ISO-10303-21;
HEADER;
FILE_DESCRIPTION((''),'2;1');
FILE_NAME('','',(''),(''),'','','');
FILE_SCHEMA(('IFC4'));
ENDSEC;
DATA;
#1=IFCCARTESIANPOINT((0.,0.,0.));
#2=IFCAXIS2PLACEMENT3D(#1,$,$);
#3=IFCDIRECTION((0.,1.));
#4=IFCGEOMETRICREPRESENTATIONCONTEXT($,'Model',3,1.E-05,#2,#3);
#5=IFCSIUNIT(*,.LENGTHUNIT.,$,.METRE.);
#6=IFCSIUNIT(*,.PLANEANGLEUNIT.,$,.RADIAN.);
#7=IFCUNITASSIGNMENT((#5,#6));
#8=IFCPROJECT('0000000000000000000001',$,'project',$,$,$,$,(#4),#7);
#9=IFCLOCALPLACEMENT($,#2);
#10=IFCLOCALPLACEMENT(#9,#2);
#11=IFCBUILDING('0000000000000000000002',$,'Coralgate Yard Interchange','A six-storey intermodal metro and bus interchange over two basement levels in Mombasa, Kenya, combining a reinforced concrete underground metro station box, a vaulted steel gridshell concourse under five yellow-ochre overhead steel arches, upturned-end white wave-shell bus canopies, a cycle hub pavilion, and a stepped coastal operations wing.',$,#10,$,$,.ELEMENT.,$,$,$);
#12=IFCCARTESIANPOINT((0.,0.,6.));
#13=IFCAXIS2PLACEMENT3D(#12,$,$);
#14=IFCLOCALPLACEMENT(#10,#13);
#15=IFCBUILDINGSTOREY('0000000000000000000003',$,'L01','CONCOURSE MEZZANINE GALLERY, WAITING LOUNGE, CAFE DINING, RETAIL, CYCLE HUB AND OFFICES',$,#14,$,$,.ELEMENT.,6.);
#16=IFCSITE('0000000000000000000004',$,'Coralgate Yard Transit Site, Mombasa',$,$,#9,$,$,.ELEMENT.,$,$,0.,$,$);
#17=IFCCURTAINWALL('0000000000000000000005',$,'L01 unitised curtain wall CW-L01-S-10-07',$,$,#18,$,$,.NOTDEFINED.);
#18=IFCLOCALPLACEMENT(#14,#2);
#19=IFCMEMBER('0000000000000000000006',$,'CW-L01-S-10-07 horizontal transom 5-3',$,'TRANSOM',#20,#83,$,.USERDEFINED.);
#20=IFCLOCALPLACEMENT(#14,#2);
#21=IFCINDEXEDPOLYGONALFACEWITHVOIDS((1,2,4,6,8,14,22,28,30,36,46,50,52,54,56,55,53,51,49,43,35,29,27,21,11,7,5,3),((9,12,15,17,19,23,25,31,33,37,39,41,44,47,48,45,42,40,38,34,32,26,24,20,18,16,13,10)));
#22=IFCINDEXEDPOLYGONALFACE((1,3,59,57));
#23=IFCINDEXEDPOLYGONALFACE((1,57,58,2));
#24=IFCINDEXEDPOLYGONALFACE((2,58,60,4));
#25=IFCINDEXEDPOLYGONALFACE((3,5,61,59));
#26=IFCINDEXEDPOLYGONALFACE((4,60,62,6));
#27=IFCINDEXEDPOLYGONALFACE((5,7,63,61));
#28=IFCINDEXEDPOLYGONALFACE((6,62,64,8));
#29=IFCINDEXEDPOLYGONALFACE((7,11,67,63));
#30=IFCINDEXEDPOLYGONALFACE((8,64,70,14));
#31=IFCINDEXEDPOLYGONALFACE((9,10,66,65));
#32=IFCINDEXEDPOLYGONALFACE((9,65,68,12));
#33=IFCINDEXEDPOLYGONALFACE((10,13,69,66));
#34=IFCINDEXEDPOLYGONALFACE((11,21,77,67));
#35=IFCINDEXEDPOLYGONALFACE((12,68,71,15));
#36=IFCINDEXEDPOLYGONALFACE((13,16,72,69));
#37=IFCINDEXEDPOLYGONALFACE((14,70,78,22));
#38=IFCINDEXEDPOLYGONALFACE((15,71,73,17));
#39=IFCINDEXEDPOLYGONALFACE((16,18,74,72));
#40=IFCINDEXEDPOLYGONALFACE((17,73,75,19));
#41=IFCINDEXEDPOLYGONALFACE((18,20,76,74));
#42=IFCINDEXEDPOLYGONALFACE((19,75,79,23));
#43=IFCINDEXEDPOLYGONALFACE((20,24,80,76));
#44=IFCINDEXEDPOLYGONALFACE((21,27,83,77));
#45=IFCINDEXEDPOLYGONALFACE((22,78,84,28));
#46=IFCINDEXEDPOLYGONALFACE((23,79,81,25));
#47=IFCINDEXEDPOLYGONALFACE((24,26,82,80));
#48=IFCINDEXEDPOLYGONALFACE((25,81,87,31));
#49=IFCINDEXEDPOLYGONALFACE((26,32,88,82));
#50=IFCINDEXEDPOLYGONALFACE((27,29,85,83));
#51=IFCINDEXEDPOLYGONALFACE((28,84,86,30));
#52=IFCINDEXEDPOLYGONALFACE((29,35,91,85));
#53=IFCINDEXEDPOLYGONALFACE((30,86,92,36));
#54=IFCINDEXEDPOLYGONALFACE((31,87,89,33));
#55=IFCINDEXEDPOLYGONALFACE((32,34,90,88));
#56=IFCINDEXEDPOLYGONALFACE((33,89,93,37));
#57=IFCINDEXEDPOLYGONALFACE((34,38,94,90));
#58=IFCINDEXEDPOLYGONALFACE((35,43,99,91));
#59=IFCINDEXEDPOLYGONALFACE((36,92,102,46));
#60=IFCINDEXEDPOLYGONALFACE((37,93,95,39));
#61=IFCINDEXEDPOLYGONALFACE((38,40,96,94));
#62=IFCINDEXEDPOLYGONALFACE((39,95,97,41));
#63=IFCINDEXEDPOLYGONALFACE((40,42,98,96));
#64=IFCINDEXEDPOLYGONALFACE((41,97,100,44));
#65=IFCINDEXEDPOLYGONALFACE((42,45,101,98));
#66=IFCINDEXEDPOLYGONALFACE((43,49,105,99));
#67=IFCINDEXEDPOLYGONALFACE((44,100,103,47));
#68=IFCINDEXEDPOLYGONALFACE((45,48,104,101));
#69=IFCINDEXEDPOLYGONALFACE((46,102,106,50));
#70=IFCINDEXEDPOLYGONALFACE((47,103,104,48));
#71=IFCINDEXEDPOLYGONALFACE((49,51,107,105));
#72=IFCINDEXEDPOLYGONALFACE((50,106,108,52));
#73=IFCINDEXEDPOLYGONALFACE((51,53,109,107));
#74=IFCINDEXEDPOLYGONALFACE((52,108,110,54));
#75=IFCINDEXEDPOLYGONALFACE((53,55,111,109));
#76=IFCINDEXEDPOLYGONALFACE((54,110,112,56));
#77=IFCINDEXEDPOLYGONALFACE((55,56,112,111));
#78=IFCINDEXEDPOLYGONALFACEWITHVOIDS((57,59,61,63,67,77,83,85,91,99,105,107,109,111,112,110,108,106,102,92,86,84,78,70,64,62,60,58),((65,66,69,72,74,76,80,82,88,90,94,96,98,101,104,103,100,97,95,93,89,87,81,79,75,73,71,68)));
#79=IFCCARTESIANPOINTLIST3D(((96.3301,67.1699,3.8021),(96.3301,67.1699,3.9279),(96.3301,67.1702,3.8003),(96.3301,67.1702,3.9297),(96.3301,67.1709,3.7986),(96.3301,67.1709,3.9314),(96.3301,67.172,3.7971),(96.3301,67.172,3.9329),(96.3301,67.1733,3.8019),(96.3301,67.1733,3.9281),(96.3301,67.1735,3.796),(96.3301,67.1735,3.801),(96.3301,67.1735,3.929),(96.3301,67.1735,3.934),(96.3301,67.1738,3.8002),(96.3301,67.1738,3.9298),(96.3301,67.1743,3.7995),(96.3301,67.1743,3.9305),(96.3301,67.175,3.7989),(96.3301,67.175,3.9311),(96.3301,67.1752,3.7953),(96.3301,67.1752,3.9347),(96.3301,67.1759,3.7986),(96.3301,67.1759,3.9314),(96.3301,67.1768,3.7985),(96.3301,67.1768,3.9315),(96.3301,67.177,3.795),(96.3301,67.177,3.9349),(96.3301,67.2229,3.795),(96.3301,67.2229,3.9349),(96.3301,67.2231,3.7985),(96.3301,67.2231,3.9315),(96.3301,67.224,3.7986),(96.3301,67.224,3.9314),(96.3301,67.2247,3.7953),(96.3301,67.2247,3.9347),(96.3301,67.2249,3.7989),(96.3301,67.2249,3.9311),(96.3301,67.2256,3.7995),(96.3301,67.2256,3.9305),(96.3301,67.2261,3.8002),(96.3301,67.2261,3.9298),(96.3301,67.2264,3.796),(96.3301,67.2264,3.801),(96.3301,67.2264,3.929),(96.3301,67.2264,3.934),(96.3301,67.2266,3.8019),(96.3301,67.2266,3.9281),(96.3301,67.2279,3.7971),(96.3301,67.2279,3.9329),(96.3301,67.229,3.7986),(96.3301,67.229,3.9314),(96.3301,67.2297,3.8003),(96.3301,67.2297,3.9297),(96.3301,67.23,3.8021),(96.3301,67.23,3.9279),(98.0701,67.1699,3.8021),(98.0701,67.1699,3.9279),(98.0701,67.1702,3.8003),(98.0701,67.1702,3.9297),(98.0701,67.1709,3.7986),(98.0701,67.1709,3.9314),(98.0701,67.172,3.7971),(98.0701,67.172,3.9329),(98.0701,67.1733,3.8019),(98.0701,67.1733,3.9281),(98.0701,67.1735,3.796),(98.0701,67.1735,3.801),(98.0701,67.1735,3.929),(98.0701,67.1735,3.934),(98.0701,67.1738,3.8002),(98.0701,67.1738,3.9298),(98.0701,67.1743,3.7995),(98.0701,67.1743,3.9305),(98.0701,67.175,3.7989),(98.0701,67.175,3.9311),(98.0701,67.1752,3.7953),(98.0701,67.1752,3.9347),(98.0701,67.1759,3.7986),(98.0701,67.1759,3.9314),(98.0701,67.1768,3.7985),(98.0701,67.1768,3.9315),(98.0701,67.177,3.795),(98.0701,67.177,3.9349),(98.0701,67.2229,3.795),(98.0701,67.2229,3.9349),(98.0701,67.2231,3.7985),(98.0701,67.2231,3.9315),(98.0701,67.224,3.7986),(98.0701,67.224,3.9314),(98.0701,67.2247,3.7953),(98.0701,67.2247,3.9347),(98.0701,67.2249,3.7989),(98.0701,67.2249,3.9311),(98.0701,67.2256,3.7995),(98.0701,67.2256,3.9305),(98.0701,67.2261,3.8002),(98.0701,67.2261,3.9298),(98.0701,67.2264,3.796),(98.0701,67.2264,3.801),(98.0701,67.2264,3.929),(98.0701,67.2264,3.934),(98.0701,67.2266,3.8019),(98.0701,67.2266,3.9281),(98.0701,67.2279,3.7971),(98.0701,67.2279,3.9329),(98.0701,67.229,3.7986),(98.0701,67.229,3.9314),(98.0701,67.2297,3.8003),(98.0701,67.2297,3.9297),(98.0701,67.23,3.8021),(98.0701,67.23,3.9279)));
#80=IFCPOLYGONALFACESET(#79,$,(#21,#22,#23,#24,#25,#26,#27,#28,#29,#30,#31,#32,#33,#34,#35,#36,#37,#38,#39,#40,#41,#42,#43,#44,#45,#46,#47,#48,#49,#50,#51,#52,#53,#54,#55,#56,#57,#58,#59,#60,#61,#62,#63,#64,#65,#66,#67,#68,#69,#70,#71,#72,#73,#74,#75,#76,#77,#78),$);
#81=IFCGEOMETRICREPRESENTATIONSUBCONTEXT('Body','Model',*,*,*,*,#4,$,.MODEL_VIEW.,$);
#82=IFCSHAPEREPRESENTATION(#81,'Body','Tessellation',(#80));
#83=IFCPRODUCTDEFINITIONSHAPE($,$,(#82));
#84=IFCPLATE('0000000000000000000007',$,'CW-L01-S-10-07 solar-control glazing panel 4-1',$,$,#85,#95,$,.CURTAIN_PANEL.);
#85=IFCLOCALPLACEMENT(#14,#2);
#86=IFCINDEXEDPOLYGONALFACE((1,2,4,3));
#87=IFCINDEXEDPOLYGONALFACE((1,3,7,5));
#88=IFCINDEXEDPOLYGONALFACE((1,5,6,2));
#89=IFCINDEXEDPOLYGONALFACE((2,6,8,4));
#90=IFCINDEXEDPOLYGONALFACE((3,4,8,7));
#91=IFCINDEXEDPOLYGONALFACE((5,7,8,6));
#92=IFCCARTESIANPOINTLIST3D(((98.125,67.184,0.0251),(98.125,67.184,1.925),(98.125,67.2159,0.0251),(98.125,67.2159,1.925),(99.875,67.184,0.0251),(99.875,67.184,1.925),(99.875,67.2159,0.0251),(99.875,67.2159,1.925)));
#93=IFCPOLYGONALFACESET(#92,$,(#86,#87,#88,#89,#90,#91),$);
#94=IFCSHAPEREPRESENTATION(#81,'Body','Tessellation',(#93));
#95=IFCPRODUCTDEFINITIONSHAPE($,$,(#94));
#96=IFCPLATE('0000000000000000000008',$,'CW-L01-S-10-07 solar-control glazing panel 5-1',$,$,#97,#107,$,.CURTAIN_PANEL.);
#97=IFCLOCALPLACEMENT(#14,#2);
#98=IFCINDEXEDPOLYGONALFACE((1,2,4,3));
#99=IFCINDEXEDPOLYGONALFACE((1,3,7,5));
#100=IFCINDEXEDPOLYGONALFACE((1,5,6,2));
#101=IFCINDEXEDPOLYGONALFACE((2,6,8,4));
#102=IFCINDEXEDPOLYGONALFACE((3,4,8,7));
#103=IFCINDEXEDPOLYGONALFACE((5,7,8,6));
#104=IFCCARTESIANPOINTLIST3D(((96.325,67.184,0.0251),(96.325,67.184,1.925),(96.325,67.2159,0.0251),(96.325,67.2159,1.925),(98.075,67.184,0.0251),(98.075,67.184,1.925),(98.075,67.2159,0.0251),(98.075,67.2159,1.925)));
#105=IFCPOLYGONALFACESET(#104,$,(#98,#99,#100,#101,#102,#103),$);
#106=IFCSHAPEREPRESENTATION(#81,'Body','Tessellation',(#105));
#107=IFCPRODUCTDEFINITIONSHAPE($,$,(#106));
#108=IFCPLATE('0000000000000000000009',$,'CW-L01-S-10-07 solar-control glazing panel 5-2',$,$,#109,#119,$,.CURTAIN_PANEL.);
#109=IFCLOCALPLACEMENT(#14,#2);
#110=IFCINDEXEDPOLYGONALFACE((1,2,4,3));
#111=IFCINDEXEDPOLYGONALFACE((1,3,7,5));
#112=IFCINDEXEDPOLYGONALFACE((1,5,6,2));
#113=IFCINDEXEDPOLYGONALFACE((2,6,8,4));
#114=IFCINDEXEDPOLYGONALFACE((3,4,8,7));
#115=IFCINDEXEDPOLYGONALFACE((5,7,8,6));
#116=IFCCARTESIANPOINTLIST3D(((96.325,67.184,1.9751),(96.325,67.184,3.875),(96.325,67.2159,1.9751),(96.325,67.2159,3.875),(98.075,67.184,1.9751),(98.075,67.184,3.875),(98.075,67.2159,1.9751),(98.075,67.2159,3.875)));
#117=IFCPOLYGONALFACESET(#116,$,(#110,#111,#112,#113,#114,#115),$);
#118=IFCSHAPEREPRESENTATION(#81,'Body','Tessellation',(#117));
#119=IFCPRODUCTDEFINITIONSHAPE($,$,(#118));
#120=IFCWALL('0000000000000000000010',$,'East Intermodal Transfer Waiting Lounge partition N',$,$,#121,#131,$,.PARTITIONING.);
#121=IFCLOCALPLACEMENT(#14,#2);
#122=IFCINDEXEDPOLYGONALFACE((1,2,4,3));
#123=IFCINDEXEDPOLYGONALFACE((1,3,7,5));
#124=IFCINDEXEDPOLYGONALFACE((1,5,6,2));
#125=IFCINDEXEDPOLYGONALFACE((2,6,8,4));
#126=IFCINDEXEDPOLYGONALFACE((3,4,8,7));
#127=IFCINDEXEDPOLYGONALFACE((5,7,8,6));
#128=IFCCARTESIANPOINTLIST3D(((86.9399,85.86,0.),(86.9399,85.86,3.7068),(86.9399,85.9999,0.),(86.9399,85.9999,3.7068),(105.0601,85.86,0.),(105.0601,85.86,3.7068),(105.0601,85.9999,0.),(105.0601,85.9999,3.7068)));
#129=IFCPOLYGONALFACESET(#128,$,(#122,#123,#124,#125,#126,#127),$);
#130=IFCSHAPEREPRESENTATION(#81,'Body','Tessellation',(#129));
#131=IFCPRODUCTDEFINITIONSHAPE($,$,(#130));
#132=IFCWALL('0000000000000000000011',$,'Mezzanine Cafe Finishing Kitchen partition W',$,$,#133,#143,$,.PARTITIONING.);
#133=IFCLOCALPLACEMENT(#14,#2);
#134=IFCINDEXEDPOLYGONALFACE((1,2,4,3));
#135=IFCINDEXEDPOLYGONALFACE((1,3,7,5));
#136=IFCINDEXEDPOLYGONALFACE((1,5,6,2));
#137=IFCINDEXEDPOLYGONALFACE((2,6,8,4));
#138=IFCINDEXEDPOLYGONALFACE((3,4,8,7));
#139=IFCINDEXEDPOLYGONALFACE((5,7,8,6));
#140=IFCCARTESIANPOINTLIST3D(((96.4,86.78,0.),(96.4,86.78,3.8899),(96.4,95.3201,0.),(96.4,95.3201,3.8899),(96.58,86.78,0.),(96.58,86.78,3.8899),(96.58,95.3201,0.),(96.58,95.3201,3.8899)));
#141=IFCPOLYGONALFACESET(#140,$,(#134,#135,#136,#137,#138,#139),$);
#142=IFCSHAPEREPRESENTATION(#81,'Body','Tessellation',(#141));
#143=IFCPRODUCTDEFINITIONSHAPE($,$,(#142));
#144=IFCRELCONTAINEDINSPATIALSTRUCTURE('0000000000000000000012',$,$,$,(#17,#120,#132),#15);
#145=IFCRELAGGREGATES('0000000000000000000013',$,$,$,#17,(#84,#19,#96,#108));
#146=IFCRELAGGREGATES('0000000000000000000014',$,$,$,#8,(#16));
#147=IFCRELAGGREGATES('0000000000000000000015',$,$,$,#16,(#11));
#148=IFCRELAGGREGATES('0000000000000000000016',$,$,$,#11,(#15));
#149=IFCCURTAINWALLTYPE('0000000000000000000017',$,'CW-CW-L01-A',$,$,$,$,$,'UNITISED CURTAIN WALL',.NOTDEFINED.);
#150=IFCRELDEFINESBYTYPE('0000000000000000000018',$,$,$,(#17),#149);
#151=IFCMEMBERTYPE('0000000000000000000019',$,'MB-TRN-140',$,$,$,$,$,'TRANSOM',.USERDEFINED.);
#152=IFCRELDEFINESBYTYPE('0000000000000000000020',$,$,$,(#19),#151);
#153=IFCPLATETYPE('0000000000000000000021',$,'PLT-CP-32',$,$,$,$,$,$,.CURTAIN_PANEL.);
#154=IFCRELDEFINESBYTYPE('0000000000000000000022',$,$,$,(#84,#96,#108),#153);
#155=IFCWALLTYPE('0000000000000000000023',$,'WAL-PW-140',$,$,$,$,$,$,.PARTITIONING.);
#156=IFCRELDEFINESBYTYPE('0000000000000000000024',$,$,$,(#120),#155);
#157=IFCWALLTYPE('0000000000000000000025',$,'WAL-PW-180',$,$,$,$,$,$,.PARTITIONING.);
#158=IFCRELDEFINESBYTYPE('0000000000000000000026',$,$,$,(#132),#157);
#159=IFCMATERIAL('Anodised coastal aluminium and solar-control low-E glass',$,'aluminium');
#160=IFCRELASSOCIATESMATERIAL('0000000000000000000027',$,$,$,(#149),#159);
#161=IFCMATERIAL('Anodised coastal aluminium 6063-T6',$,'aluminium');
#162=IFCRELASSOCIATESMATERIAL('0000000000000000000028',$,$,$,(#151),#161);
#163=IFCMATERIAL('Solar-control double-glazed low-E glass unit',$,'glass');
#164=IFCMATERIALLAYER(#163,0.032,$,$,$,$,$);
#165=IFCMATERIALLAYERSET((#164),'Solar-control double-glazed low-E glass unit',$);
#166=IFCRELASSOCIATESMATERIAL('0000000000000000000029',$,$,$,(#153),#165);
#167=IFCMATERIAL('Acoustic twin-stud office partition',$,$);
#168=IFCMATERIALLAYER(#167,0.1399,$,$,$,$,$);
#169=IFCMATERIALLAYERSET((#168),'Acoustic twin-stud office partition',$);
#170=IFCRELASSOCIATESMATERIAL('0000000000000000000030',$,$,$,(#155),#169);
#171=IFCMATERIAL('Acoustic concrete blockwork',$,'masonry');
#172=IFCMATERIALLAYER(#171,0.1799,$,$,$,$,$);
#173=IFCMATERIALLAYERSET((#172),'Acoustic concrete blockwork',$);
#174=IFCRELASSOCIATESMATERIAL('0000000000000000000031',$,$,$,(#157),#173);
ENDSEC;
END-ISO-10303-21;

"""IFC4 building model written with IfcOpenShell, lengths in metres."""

from ifc_helpers import new_model, si_unit, direction, frame, frame_2d, origin, origin_2d, place, context, subcontext, project, spatial, rectangle, hollow_rectangle, extrude, material, layer, layer_set, material_profile, profile_set, type_object, element, aggregate, save


model = new_model("IFC4")

# Units and contexts
model_context = context("Model", 3, precision=1e-05, world=origin(), true_north=direction((0.0, 1.0)))
body_context = subcontext(model_context, "Body", "Model", "MODEL_VIEW")
ifc_project = project(units=[si_unit("LENGTHUNIT", "METRE"), si_unit("PLANEANGLEUNIT", "RADIAN")], contexts=[model_context])

# Site, building, storey
site_placement = place(None, origin())
site = spatial("IfcSite", under=ifc_project, at=site_placement, Name="Coralgate Yard Transit Site, Mombasa", CompositionType="ELEMENT", RefElevation=0.0)
building_placement = place(site_placement, origin())
building = spatial("IfcBuilding", under=site, at=building_placement, Name="Coralgate Yard Interchange", Description="A six-storey intermodal metro and bus interchange over two basement levels in Mombasa, Kenya, combining a reinforced concrete underground metro station box, a vaulted steel gridshell concourse under five yellow-ochre overhead steel arches, upturned-end white wave-shell bus canopies, a cycle hub pavilion, and a stepped coastal operations wing.", CompositionType="ELEMENT")
storey_placement = place(building_placement, frame((0.0, 0.0, 6.0)))
storey = spatial("IfcBuildingStorey", under=building, at=storey_placement, Name="L01", Description="CONCOURSE MEZZANINE GALLERY, WAITING LOUNGE, CAFE DINING, RETAIL, CYCLE HUB AND OFFICES", CompositionType="ELEMENT", Elevation=6.0)

# Shared definitions
ifc_material_1 = material(Name="Anodised coastal aluminium and solar-control low-E glass", Category="aluminium")
curtain_wall_type = type_object("IfcCurtainWallType", Name="CW-CW-L01-A", ElementType="UNITISED CURTAIN WALL", PredefinedType="NOTDEFINED", material=ifc_material_1)
ifc_material_2 = material(Name="Anodised coastal aluminium 6063-T6", Category="aluminium")

# Curtain wall
curtain_wall_1_placement = place(storey_placement, origin())
curtain_wall_1 = element("IfcCurtainWall", 1, at=curtain_wall_1_placement, inside=storey, type_object=curtain_wall_type, Name="L01 unitised curtain wall CW-L01-S-10-07", PredefinedType="NOTDEFINED")

# Member
ifc_material_profile_1 = material_profile(ifc_material_2, hollow_rectangle(XDim=0.0601, YDim=0.1399, WallThickness=0.0034, InnerFilletRadius=0.0034, OuterFilletRadius=0.0071, at=origin_2d()), Name="ALU 60x140x3.5")
ifc_profile_set_1 = profile_set([ifc_material_profile_1], Name="Anodised coastal aluminium 6063-T6")
member_type_1 = type_object("IfcMemberType", Name="MB-TRN-140", ElementType="TRANSOM", PredefinedType="USERDEFINED", material=ifc_profile_set_1)
member_1_placement = place(storey_placement, frame((98.0701, 67.2, 3.865), z_axis=(-1.0, 0.0, 0.0), x_axis=(0.0, -1.0, 0.0)))
member_1 = element("IfcMember", 2, at=member_1_placement, type_object=member_type_1, Name="CW-L01-S-10-07 horizontal transom 5-3", ObjectType="TRANSOM", PredefinedType="USERDEFINED", context=body_context, shape_type="SweptSolid", body=[
    extrude(hollow_rectangle(XDim=0.0601, YDim=0.1399, WallThickness=0.0034, InnerFilletRadius=0.0034, OuterFilletRadius=0.0071, at=origin_2d()), origin(), (0.0, 0.0, 1.0), 1.74),
])

# Plates
ifc_material_3 = material(Name="Solar-control double-glazed low-E glass unit", Category="glass")
ifc_layer_1 = layer(ifc_material_3, 0.032)
ifc_layer_set_1 = layer_set([ifc_layer_1], Name="Solar-control double-glazed low-E glass unit")
plate_type = type_object("IfcPlateType", Name="PLT-CP-32", PredefinedType="CURTAIN_PANEL", material=ifc_layer_set_1)
plate_1_placement = place(storey_placement, frame((99.0, 67.2, 0.0251), z_axis=(0.0, 0.0, 1.0), x_axis=(-1.0, 0.0, 0.0)))
plate_1 = element("IfcPlate", 3, at=plate_1_placement, type_object=plate_type, Name="CW-L01-S-10-07 solar-control glazing panel 4-1", PredefinedType="CURTAIN_PANEL", context=body_context, shape_type="SweptSolid", body=[
    extrude(rectangle(XDim=1.75, YDim=0.032, at=origin_2d()), origin(), (0.0, 0.0, 1.0), 1.8999),
])
plate_2_placement = place(storey_placement, frame((97.2, 67.2, 0.0251), z_axis=(0.0, 0.0, 1.0), x_axis=(-1.0, 0.0, 0.0)))
plate_2 = element("IfcPlate", 4, at=plate_2_placement, type_object=plate_type, Name="CW-L01-S-10-07 solar-control glazing panel 5-1", PredefinedType="CURTAIN_PANEL", context=body_context, shape_type="SweptSolid", body=[
    extrude(rectangle(XDim=1.75, YDim=0.032, at=origin_2d()), origin(), (0.0, 0.0, 1.0), 1.8999),
])
plate_3_placement = place(storey_placement, frame((97.2, 67.2, 1.9751), z_axis=(0.0, 0.0, 1.0), x_axis=(-1.0, 0.0, 0.0)))
plate_3 = element("IfcPlate", 5, at=plate_3_placement, type_object=plate_type, Name="CW-L01-S-10-07 solar-control glazing panel 5-2", PredefinedType="CURTAIN_PANEL", context=body_context, shape_type="SweptSolid", body=[
    extrude(rectangle(XDim=1.75, YDim=0.032, at=origin_2d()), origin(), (0.0, 0.0, 1.0), 1.8999),
])
aggregate(curtain_wall_1, [plate_1, member_1, plate_2, plate_3])

# Walls
ifc_material_4 = material(Name="Acoustic twin-stud office partition")
ifc_layer_2 = layer(ifc_material_4, 0.1399)
ifc_layer_set_2 = layer_set([ifc_layer_2], Name="Acoustic twin-stud office partition")
wall_type_1 = type_object("IfcWallType", Name="WAL-PW-140", PredefinedType="PARTITIONING", material=ifc_layer_set_2)
wall_1_placement = place(storey_placement, frame((86.9399, 85.9299, 0.0), z_axis=(0.0, 0.0, 1.0), x_axis=(1.0, 0.0, 0.0)))
element("IfcWall", 6, at=wall_1_placement, inside=storey, type_object=wall_type_1, Name="East Intermodal Transfer Waiting Lounge partition N", PredefinedType="PARTITIONING", context=body_context, shape_type="SweptSolid", body=[
    extrude(rectangle(XDim=18.1201, YDim=0.1399, at=frame_2d((9.0601, 0.0))), origin(), (0.0, 0.0, 1.0), 3.7068),
])
ifc_material_5 = material(Name="Acoustic concrete blockwork", Category="masonry")
ifc_layer_3 = layer(ifc_material_5, 0.1799)
ifc_layer_set_3 = layer_set([ifc_layer_3], Name="Acoustic concrete blockwork")
wall_type_2 = type_object("IfcWallType", Name="WAL-PW-180", PredefinedType="PARTITIONING", material=ifc_layer_set_3)
wall_2_placement = place(storey_placement, frame((96.49, 86.78, 0.0), z_axis=(0.0, 0.0, 1.0), x_axis=(0.0, 1.0, 0.0)))
element("IfcWall", 7, at=wall_2_placement, inside=storey, type_object=wall_type_2, Name="Mezzanine Cafe Finishing Kitchen partition W", PredefinedType="PARTITIONING", context=body_context, shape_type="SweptSolid", body=[
    extrude(rectangle(XDim=8.54, YDim=0.1799, at=frame_2d((4.27, 0.0))), origin(), (0.0, 0.0, 1.0), 3.8899),
])

save(model, "model.ifc")
